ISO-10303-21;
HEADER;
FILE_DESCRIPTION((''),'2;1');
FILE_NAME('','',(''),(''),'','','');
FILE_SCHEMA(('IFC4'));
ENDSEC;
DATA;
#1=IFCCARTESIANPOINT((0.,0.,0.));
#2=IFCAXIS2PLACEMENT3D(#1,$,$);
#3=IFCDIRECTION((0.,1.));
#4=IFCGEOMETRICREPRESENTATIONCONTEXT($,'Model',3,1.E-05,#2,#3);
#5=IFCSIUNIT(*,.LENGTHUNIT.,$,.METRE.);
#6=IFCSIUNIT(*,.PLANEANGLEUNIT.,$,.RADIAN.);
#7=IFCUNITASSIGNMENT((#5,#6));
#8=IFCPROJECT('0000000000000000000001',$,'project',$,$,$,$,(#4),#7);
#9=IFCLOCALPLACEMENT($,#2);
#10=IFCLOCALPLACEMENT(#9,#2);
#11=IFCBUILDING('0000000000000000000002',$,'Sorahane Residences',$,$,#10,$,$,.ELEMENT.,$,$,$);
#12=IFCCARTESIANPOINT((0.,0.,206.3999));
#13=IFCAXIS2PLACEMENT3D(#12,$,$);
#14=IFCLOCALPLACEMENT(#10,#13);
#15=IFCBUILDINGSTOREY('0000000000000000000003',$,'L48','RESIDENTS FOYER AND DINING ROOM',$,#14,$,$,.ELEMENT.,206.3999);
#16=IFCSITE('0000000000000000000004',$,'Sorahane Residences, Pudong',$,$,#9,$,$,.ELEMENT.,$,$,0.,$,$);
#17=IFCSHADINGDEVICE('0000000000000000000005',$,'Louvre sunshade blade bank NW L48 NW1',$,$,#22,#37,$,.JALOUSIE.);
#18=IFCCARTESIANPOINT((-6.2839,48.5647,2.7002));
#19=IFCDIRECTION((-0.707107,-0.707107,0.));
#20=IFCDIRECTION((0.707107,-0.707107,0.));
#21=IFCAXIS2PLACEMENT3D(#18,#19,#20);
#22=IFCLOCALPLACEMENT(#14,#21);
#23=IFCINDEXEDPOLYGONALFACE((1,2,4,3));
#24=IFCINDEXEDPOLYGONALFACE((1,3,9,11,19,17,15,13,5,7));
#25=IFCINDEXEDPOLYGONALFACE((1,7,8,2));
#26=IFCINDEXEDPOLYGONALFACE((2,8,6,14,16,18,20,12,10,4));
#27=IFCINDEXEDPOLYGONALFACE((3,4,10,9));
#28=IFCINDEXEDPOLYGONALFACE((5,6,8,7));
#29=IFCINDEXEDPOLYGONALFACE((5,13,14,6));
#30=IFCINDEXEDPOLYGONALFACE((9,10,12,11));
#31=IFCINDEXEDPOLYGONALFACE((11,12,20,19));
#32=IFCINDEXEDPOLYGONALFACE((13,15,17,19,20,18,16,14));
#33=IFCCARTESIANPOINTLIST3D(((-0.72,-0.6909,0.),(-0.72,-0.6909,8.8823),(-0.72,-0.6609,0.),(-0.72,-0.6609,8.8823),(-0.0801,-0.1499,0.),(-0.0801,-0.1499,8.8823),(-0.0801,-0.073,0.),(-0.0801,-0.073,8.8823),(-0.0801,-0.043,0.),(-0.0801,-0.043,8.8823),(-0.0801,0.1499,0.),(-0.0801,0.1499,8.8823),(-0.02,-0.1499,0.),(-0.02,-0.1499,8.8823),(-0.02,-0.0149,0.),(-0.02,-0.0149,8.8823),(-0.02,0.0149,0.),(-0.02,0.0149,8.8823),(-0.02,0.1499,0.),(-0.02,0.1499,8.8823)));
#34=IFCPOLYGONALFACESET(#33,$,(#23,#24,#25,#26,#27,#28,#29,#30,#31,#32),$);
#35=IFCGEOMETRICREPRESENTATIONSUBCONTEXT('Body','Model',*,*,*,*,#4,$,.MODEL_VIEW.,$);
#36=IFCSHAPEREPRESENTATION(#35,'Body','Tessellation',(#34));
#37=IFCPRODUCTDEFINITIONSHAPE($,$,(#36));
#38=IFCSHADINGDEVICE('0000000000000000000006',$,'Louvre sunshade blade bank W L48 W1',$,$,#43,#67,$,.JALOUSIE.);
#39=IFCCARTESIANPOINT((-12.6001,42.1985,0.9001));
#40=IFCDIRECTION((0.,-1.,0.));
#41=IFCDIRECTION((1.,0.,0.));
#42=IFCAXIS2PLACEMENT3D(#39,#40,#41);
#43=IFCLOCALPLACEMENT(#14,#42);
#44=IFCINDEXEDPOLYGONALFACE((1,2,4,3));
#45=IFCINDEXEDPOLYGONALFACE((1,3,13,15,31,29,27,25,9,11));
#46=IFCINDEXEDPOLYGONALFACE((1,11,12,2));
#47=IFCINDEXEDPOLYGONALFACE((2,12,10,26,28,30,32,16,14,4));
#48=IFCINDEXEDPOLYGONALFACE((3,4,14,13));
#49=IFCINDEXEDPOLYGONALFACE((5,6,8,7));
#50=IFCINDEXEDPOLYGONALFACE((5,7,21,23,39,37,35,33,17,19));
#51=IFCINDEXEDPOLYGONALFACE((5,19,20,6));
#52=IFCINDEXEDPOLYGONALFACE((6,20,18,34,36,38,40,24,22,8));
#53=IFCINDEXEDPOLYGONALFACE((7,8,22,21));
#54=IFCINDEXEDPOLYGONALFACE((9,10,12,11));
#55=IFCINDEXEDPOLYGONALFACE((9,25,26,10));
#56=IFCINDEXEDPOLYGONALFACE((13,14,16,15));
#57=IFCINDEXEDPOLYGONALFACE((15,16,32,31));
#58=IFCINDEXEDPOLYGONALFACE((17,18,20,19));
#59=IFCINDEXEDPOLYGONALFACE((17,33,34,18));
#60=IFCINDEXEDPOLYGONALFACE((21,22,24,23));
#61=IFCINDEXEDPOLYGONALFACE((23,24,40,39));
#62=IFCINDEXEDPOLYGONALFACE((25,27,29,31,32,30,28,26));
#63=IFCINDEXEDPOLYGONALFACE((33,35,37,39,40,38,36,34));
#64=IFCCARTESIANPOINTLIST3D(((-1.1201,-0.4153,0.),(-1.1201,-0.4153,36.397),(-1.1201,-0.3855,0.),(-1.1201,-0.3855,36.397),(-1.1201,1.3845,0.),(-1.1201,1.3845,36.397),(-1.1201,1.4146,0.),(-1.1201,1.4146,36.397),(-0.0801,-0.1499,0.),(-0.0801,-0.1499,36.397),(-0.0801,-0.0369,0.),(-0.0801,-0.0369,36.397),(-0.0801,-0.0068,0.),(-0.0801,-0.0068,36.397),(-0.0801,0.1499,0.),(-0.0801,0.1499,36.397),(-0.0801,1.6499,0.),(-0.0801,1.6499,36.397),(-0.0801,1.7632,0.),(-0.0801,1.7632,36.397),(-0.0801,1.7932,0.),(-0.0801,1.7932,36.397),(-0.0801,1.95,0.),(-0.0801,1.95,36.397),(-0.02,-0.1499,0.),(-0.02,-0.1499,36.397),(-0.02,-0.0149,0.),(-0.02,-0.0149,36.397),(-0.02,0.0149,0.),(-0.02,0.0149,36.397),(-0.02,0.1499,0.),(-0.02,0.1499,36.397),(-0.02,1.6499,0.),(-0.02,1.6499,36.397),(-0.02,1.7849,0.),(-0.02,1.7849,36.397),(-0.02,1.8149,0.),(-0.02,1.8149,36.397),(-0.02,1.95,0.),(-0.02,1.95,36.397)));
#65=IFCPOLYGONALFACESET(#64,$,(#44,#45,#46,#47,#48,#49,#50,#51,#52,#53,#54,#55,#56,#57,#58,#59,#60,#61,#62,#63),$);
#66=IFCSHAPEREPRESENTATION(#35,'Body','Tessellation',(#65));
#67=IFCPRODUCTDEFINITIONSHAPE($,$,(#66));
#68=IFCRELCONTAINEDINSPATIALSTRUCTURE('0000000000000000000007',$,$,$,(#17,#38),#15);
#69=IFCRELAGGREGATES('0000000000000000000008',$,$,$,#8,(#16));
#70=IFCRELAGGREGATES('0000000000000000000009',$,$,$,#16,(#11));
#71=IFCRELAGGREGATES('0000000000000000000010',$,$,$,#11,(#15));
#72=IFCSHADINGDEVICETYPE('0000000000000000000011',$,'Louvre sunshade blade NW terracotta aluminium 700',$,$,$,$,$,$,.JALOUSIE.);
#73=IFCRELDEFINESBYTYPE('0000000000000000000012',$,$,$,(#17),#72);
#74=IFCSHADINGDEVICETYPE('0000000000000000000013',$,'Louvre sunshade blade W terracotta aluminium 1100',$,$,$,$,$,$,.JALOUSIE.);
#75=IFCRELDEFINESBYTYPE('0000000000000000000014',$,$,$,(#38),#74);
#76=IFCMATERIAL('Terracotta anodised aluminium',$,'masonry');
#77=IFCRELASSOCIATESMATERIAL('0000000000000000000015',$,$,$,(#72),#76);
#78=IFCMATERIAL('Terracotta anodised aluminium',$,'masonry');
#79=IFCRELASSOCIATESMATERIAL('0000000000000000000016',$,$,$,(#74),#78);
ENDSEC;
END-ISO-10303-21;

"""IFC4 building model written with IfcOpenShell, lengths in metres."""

from ifc_helpers import new_model, si_unit, direction, frame, origin, place, context, subcontext, project, spatial, polyline, outline, composite_profile, extrude, material, type_object, element, save


model = new_model("IFC4")

# Units and contexts
model_context = context("Model", 3, precision=1e-05, world=origin(), true_north=direction((0.0, 1.0)))
body_context = subcontext(model_context, "Body", "Model", "MODEL_VIEW")
ifc_project = project(units=[si_unit("LENGTHUNIT", "METRE"), si_unit("PLANEANGLEUNIT", "RADIAN")], contexts=[model_context])

# Site, building, storey
site_placement = place(None, origin())
site = spatial("IfcSite", under=ifc_project, at=site_placement, Name="Sorahane Residences, Pudong", CompositionType="ELEMENT", RefElevation=0.0)
building_placement = place(site_placement, origin())
building = spatial("IfcBuilding", under=site, at=building_placement, Name="Sorahane Residences", CompositionType="ELEMENT")
storey_placement = place(building_placement, frame((0.0, 0.0, 206.3999)))
storey = spatial("IfcBuildingStorey", under=building, at=storey_placement, Name="L48", Description="RESIDENTS FOYER AND DINING ROOM", CompositionType="ELEMENT", Elevation=206.3999)

# Shading devices
ifc_material_1 = material(Name="Terracotta anodised aluminium", Category="masonry")
shading_device_type_1 = type_object("IfcShadingDeviceType", Name="Louvre sunshade blade NW terracotta aluminium 700", PredefinedType="JALOUSIE", material=ifc_material_1)
shading_device_1_placement = place(storey_placement, frame((-6.2839, 48.5647, 2.7002), z_axis=(-0.707107, -0.707107, 0.0), x_axis=(0.707107, -0.707107, 0.0)))
element("IfcShadingDevice", 1, at=shading_device_1_placement, inside=storey, type_object=shading_device_type_1, Name="Louvre sunshade blade bank NW L48 NW1", PredefinedType="JALOUSIE", context=body_context, shape_type="SweptSolid", body=[
    extrude(outline(polyline([(-0.72, -0.6609), (-0.72, -0.6909), (-0.0801, -0.073), (-0.0801, -0.1499), (-0.02, -0.1499), (-0.02, -0.0149), (-0.02, 0.0149), (-0.02, 0.1499), (-0.0801, 0.1499), (-0.0801, -0.043), (-0.72, -0.6609)])), origin(), (0.0, 0.0, 1.0), 8.8823),
])
ifc_material_2 = material(Name="Terracotta anodised aluminium", Category="masonry")
shading_device_type_2 = type_object("IfcShadingDeviceType", Name="Louvre sunshade blade W terracotta aluminium 1100", PredefinedType="JALOUSIE", material=ifc_material_2)
shading_device_2_placement = place(storey_placement, frame((-12.6001, 42.1985, 0.9001), z_axis=(0.0, -1.0, 0.0), x_axis=(1.0, 0.0, 0.0)))
element("IfcShadingDevice", 2, at=shading_device_2_placement, inside=storey, type_object=shading_device_type_2, Name="Louvre sunshade blade bank W L48 W1", PredefinedType="JALOUSIE", context=body_context, shape_type="SweptSolid", body=[
    extrude(composite_profile([outline(polyline([(-1.1201, -0.3855), (-1.1201, -0.4153), (-0.0801, -0.0369), (-0.0801, -0.1499), (-0.02, -0.1499), (-0.02, -0.0149), (-0.02, 0.0149), (-0.02, 0.1499), (-0.0801, 0.1499), (-0.0801, -0.0068), (-1.1201, -0.3855)])), outline(polyline([(-1.1201, 1.4146), (-1.1201, 1.3845), (-0.0801, 1.7632), (-0.0801, 1.6499), (-0.02, 1.6499), (-0.02, 1.7849), (-0.02, 1.8149), (-0.02, 1.95), (-0.0801, 1.95), (-0.0801, 1.7932), (-1.1201, 1.4146)]))]), origin(), (0.0, 0.0, 1.0), 36.397),
])

save(model, "model.ifc")
